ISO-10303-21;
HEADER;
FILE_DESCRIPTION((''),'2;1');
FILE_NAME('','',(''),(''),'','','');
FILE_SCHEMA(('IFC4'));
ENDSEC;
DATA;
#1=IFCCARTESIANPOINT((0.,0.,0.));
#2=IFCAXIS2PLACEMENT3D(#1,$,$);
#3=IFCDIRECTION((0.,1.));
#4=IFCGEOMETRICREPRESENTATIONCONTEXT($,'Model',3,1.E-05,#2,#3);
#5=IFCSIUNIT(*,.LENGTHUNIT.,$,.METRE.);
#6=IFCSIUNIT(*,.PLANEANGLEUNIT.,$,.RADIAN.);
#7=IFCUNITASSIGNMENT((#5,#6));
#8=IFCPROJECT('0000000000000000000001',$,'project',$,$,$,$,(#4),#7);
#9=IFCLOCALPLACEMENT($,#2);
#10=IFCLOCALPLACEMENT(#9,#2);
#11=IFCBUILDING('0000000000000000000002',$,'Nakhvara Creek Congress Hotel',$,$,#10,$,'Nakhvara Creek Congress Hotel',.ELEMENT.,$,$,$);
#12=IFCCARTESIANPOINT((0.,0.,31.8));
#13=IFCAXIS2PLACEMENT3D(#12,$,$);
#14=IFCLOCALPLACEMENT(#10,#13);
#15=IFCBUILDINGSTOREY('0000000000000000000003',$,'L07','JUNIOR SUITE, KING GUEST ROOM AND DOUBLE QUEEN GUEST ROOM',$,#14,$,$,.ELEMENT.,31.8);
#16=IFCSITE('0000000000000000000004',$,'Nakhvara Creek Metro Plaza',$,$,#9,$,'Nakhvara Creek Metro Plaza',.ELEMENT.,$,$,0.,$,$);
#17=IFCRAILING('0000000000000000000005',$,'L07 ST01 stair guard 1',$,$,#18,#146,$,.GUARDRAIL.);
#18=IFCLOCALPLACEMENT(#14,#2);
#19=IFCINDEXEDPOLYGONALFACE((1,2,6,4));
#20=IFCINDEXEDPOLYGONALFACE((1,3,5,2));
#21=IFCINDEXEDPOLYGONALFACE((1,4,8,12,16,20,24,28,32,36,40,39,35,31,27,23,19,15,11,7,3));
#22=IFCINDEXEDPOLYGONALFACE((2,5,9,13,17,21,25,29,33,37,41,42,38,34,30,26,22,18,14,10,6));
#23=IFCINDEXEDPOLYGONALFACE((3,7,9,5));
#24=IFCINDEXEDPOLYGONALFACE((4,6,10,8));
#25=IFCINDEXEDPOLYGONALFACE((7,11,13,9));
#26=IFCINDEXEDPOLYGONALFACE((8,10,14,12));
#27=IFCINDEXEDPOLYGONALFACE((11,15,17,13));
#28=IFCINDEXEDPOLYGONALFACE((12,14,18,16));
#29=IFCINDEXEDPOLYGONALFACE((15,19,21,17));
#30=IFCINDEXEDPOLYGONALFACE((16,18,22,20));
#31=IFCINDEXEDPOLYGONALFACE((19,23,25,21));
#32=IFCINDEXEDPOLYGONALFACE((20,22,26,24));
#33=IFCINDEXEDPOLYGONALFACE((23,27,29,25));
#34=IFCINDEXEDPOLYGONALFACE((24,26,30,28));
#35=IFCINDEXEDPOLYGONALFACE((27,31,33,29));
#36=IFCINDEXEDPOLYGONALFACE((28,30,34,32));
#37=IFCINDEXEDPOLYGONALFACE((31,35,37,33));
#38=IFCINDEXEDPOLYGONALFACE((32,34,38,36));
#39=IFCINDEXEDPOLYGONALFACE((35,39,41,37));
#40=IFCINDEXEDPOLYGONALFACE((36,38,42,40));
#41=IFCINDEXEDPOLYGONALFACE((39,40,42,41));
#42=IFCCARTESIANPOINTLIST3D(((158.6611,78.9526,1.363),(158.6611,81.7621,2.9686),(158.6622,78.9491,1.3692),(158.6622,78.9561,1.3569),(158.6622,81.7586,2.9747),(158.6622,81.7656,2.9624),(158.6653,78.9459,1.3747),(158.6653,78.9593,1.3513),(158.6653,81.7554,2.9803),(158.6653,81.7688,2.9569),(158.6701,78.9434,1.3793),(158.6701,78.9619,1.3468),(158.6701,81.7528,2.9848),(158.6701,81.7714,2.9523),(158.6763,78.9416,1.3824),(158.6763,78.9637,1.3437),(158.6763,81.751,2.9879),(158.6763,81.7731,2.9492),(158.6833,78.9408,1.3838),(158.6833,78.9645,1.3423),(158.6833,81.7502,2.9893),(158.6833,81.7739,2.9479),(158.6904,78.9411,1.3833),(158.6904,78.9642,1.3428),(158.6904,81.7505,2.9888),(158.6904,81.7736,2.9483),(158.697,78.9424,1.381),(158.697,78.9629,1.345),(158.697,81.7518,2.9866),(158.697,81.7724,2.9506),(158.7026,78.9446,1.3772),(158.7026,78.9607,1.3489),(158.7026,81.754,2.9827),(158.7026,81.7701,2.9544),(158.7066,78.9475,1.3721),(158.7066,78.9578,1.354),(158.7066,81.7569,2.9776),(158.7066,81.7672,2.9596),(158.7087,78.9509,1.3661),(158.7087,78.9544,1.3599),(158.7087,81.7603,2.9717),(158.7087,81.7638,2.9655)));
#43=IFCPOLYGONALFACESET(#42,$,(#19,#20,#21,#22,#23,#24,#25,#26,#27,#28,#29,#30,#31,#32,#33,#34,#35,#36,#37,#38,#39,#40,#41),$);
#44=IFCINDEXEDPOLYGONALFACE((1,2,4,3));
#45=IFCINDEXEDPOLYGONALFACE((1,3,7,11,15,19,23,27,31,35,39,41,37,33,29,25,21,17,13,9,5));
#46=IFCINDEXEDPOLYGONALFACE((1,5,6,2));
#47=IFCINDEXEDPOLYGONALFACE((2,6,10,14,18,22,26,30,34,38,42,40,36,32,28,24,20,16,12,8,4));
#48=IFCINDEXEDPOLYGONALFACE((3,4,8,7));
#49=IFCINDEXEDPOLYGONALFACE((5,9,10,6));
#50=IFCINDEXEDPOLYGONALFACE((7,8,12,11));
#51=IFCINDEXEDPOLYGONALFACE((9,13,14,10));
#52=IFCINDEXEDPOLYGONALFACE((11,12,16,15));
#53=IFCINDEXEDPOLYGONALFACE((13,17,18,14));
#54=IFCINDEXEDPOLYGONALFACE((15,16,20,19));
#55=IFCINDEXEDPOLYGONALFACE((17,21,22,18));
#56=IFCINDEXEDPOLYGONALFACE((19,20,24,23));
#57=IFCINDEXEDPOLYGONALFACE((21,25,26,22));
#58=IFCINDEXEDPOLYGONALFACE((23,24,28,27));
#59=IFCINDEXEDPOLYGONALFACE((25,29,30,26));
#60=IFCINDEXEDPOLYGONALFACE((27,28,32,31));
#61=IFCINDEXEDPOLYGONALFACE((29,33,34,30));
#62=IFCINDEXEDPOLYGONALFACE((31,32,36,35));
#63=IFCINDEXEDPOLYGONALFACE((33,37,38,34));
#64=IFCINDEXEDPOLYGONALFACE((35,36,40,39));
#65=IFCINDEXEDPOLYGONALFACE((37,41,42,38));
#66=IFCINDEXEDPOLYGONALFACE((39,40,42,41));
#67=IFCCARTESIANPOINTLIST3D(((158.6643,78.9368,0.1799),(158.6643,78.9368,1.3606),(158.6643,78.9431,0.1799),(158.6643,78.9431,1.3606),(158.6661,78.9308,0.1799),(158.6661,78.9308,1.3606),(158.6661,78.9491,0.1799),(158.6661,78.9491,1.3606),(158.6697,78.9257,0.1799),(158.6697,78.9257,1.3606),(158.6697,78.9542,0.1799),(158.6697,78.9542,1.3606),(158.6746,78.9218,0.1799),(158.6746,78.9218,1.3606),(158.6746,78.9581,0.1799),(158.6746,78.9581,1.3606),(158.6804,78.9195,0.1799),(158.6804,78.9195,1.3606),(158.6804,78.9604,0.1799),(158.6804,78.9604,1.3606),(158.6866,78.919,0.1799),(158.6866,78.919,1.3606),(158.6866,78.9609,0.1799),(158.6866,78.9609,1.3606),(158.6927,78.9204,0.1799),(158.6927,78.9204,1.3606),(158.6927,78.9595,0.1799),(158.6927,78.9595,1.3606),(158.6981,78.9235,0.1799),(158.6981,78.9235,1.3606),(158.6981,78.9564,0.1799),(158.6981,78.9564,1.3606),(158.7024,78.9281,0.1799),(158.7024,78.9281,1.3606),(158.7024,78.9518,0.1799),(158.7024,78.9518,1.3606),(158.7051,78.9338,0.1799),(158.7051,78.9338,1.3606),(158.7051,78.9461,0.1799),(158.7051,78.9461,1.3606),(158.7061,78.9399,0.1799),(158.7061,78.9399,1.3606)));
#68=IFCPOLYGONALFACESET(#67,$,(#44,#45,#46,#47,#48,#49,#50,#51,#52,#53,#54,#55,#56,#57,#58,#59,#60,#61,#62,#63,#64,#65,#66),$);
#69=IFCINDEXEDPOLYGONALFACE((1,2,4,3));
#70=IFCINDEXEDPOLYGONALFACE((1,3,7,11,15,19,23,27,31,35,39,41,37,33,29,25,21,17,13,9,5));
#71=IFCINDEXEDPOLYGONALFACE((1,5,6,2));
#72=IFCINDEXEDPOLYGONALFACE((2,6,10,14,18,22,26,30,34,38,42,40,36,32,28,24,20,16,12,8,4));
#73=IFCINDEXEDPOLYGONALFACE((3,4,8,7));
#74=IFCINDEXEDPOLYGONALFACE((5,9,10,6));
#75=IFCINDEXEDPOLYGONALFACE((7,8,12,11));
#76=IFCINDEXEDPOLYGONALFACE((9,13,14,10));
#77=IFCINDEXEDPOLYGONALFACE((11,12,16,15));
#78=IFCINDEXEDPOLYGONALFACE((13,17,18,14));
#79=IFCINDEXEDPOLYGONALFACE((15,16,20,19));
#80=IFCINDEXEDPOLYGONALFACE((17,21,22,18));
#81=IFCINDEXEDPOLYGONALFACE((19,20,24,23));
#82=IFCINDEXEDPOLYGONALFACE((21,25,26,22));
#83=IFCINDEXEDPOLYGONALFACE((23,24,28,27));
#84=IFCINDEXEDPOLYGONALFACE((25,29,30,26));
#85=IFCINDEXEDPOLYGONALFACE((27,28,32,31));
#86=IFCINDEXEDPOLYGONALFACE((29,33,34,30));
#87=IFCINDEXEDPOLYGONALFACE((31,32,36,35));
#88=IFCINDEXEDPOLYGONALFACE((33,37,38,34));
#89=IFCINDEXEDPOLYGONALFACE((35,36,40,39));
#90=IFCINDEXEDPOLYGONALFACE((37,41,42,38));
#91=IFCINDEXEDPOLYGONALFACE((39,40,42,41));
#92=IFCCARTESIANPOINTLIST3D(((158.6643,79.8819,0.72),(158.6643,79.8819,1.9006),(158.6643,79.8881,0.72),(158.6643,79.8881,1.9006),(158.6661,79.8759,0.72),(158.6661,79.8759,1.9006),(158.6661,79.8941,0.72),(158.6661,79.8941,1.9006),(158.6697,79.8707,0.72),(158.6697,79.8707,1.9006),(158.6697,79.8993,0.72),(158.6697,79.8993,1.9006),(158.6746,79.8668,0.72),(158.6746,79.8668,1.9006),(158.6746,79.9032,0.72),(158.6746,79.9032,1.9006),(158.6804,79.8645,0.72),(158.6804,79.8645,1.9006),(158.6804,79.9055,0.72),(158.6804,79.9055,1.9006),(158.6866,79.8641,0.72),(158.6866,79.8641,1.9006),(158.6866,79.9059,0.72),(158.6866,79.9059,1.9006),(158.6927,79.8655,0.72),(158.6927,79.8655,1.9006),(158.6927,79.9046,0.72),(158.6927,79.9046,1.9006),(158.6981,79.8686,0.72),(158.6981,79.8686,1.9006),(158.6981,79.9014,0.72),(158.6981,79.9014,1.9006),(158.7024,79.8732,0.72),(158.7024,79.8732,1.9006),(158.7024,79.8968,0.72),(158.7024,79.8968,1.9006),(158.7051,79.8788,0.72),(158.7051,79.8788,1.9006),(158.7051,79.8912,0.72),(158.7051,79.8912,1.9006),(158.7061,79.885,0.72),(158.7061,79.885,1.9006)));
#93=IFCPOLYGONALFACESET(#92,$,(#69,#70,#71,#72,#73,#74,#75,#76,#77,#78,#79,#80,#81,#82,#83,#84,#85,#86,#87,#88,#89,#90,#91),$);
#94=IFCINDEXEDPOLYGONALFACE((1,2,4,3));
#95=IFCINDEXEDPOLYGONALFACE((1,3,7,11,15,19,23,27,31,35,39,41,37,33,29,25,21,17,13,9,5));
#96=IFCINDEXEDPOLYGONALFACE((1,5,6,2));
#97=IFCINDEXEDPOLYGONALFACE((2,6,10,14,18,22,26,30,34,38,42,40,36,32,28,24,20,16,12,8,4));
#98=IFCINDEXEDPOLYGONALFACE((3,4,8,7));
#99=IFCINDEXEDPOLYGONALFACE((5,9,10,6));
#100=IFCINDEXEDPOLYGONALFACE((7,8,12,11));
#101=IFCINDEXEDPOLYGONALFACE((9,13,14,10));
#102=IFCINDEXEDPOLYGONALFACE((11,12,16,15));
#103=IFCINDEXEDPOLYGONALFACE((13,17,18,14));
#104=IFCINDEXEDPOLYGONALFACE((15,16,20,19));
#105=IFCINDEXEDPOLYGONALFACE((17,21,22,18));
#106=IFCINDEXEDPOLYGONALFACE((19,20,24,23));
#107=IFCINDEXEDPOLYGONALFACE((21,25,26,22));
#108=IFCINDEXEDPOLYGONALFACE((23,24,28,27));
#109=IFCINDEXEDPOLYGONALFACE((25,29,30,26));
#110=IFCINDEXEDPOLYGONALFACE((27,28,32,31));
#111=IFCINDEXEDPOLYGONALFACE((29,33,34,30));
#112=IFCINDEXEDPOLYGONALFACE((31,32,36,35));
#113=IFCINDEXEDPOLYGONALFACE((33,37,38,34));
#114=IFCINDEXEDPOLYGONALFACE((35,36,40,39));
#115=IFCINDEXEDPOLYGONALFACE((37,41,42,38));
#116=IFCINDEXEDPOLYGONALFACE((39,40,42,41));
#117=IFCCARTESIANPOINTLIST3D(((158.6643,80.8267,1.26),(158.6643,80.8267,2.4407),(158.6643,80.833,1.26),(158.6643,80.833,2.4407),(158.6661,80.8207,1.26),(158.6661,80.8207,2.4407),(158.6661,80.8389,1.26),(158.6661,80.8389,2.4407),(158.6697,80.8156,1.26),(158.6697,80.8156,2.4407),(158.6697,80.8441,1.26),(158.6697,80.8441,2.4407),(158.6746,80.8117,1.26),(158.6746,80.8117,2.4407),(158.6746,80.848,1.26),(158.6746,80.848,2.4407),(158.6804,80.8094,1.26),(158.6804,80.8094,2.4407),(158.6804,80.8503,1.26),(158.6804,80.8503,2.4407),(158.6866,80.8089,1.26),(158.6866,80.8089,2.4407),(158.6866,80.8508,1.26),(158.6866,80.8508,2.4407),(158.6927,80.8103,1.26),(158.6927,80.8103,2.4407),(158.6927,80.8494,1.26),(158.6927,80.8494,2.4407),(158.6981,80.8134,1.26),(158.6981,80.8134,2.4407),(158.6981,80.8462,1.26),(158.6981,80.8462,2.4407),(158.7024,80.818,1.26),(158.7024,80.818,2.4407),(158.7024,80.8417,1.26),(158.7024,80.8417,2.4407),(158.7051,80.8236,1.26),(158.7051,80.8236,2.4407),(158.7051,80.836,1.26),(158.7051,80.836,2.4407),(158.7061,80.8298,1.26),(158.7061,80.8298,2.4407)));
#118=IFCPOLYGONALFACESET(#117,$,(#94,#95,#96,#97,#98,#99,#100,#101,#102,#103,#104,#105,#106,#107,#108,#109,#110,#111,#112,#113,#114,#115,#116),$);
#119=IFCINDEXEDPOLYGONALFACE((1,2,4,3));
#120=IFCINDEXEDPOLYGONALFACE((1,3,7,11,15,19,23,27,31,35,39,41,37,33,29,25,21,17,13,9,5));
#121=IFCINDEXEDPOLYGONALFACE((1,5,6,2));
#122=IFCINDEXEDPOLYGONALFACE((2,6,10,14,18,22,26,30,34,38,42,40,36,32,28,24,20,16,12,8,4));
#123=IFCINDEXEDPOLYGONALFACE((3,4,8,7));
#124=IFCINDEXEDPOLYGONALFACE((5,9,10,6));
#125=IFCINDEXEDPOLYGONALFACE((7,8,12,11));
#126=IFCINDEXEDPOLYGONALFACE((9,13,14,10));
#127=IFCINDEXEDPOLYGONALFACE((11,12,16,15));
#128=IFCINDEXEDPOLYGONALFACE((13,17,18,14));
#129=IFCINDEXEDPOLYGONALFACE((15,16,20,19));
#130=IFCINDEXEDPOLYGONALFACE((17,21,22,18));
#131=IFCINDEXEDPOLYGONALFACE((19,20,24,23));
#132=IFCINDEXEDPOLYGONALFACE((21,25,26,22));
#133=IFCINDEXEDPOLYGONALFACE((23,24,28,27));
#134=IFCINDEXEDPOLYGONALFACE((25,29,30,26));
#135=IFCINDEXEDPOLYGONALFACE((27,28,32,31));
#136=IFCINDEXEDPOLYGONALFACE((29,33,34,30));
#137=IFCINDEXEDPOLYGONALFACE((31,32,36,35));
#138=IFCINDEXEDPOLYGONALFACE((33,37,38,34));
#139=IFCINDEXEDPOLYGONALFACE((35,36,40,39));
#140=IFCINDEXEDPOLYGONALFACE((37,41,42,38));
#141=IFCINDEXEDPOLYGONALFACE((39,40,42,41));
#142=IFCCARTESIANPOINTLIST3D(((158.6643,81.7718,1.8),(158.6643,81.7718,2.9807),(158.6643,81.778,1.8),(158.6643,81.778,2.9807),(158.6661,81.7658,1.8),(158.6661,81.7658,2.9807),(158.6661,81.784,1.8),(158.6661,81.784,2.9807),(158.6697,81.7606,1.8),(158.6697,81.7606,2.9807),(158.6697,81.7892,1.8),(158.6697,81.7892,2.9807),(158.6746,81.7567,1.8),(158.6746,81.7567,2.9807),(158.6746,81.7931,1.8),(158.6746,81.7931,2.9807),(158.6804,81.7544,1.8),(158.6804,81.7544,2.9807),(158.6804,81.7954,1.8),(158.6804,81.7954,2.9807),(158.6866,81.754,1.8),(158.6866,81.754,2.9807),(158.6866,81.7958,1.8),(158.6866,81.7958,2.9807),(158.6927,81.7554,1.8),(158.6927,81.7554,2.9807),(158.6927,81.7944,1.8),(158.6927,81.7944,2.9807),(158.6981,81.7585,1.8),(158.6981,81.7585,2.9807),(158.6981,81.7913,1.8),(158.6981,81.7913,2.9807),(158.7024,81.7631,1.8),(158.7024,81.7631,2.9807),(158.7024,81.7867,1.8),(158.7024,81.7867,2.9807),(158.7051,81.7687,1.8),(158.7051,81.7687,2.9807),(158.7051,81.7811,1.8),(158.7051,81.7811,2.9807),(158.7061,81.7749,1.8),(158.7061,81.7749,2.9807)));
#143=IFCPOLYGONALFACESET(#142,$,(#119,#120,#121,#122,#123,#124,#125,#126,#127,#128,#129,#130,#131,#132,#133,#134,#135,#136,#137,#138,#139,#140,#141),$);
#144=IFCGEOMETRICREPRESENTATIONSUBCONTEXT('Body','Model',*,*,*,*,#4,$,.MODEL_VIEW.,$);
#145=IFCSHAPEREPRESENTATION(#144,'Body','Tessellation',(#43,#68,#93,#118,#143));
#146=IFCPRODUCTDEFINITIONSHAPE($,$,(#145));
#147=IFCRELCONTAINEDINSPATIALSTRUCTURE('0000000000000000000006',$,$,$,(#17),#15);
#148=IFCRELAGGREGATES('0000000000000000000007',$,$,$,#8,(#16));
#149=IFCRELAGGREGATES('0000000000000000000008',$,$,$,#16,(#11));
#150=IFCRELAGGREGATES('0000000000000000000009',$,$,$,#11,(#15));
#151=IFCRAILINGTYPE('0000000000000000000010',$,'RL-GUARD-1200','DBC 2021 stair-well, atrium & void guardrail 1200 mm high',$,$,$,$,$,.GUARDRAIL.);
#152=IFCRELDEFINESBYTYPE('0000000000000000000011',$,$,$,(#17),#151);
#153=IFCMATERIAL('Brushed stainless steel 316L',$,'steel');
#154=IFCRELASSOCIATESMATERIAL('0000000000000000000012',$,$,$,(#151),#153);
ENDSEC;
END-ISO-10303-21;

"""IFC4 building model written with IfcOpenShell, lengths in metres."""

from ifc_helpers import new_model, si_unit, direction, frame, origin, origin_2d, place, context, subcontext, project, spatial, circle, extrude, material, type_object, element, save


model = new_model("IFC4")

# Units and contexts
model_context = context("Model", 3, precision=1e-05, world=origin(), true_north=direction((0.0, 1.0)))
body_context = subcontext(model_context, "Body", "Model", "MODEL_VIEW")
ifc_project = project(units=[si_unit("LENGTHUNIT", "METRE"), si_unit("PLANEANGLEUNIT", "RADIAN")], contexts=[model_context])

# Site, building, storey
site_placement = place(None, origin())
site = spatial("IfcSite", under=ifc_project, at=site_placement, Name="Nakhvara Creek Metro Plaza", LongName="Nakhvara Creek Metro Plaza", CompositionType="ELEMENT", RefElevation=0.0)
building_placement = place(site_placement, origin())
building = spatial("IfcBuilding", under=site, at=building_placement, Name="Nakhvara Creek Congress Hotel", LongName="Nakhvara Creek Congress Hotel", CompositionType="ELEMENT")
storey_placement = place(building_placement, frame((0.0, 0.0, 31.8)))
storey = spatial("IfcBuildingStorey", under=building, at=storey_placement, Name="L07", Description="JUNIOR SUITE, KING GUEST ROOM AND DOUBLE QUEEN GUEST ROOM", CompositionType="ELEMENT", Elevation=31.8)

# Railing
ifc_material_1 = material(Name="Brushed stainless steel 316L", Category="steel")
railing_type_1 = type_object("IfcRailingType", Name="RL-GUARD-1200", Description="DBC 2021 stair-well, atrium & void guardrail 1200 mm high", PredefinedType="GUARDRAIL", material=ifc_material_1)
railing_1_placement = place(storey_placement, frame((158.6851, 78.9399, 0.1799)))
element("IfcRailing", 1, at=railing_1_placement, inside=storey, type_object=railing_type_1, Name="L07 ST01 stair guard 1", PredefinedType="GUARDRAIL", context=body_context, shape_type="SweptSolid", body=[
    extrude(circle(Radius=0.0239, at=origin_2d()), frame((0.0, 0.0127, 1.1831), z_axis=(0.0, 0.868225, 0.496171), x_axis=(-1.0, 0.0, 0.0)), (0.0, 0.0, 1.0), 3.2358),
    extrude(circle(Radius=0.021, at=origin_2d()), origin(), (0.0, 0.0, 1.0), 1.1807),
    extrude(circle(Radius=0.021, at=origin_2d()), frame((0.0, 0.9451, 0.54)), (0.0, 0.0, 1.0), 1.1807),
    extrude(circle(Radius=0.021, at=origin_2d()), frame((0.0, 1.8899, 1.0801)), (0.0, 0.0, 1.0), 1.1807),
    extrude(circle(Radius=0.021, at=origin_2d()), frame((0.0, 2.835, 1.6201)), (0.0, 0.0, 1.0), 1.1807),
])

save(model, "model.ifc")
